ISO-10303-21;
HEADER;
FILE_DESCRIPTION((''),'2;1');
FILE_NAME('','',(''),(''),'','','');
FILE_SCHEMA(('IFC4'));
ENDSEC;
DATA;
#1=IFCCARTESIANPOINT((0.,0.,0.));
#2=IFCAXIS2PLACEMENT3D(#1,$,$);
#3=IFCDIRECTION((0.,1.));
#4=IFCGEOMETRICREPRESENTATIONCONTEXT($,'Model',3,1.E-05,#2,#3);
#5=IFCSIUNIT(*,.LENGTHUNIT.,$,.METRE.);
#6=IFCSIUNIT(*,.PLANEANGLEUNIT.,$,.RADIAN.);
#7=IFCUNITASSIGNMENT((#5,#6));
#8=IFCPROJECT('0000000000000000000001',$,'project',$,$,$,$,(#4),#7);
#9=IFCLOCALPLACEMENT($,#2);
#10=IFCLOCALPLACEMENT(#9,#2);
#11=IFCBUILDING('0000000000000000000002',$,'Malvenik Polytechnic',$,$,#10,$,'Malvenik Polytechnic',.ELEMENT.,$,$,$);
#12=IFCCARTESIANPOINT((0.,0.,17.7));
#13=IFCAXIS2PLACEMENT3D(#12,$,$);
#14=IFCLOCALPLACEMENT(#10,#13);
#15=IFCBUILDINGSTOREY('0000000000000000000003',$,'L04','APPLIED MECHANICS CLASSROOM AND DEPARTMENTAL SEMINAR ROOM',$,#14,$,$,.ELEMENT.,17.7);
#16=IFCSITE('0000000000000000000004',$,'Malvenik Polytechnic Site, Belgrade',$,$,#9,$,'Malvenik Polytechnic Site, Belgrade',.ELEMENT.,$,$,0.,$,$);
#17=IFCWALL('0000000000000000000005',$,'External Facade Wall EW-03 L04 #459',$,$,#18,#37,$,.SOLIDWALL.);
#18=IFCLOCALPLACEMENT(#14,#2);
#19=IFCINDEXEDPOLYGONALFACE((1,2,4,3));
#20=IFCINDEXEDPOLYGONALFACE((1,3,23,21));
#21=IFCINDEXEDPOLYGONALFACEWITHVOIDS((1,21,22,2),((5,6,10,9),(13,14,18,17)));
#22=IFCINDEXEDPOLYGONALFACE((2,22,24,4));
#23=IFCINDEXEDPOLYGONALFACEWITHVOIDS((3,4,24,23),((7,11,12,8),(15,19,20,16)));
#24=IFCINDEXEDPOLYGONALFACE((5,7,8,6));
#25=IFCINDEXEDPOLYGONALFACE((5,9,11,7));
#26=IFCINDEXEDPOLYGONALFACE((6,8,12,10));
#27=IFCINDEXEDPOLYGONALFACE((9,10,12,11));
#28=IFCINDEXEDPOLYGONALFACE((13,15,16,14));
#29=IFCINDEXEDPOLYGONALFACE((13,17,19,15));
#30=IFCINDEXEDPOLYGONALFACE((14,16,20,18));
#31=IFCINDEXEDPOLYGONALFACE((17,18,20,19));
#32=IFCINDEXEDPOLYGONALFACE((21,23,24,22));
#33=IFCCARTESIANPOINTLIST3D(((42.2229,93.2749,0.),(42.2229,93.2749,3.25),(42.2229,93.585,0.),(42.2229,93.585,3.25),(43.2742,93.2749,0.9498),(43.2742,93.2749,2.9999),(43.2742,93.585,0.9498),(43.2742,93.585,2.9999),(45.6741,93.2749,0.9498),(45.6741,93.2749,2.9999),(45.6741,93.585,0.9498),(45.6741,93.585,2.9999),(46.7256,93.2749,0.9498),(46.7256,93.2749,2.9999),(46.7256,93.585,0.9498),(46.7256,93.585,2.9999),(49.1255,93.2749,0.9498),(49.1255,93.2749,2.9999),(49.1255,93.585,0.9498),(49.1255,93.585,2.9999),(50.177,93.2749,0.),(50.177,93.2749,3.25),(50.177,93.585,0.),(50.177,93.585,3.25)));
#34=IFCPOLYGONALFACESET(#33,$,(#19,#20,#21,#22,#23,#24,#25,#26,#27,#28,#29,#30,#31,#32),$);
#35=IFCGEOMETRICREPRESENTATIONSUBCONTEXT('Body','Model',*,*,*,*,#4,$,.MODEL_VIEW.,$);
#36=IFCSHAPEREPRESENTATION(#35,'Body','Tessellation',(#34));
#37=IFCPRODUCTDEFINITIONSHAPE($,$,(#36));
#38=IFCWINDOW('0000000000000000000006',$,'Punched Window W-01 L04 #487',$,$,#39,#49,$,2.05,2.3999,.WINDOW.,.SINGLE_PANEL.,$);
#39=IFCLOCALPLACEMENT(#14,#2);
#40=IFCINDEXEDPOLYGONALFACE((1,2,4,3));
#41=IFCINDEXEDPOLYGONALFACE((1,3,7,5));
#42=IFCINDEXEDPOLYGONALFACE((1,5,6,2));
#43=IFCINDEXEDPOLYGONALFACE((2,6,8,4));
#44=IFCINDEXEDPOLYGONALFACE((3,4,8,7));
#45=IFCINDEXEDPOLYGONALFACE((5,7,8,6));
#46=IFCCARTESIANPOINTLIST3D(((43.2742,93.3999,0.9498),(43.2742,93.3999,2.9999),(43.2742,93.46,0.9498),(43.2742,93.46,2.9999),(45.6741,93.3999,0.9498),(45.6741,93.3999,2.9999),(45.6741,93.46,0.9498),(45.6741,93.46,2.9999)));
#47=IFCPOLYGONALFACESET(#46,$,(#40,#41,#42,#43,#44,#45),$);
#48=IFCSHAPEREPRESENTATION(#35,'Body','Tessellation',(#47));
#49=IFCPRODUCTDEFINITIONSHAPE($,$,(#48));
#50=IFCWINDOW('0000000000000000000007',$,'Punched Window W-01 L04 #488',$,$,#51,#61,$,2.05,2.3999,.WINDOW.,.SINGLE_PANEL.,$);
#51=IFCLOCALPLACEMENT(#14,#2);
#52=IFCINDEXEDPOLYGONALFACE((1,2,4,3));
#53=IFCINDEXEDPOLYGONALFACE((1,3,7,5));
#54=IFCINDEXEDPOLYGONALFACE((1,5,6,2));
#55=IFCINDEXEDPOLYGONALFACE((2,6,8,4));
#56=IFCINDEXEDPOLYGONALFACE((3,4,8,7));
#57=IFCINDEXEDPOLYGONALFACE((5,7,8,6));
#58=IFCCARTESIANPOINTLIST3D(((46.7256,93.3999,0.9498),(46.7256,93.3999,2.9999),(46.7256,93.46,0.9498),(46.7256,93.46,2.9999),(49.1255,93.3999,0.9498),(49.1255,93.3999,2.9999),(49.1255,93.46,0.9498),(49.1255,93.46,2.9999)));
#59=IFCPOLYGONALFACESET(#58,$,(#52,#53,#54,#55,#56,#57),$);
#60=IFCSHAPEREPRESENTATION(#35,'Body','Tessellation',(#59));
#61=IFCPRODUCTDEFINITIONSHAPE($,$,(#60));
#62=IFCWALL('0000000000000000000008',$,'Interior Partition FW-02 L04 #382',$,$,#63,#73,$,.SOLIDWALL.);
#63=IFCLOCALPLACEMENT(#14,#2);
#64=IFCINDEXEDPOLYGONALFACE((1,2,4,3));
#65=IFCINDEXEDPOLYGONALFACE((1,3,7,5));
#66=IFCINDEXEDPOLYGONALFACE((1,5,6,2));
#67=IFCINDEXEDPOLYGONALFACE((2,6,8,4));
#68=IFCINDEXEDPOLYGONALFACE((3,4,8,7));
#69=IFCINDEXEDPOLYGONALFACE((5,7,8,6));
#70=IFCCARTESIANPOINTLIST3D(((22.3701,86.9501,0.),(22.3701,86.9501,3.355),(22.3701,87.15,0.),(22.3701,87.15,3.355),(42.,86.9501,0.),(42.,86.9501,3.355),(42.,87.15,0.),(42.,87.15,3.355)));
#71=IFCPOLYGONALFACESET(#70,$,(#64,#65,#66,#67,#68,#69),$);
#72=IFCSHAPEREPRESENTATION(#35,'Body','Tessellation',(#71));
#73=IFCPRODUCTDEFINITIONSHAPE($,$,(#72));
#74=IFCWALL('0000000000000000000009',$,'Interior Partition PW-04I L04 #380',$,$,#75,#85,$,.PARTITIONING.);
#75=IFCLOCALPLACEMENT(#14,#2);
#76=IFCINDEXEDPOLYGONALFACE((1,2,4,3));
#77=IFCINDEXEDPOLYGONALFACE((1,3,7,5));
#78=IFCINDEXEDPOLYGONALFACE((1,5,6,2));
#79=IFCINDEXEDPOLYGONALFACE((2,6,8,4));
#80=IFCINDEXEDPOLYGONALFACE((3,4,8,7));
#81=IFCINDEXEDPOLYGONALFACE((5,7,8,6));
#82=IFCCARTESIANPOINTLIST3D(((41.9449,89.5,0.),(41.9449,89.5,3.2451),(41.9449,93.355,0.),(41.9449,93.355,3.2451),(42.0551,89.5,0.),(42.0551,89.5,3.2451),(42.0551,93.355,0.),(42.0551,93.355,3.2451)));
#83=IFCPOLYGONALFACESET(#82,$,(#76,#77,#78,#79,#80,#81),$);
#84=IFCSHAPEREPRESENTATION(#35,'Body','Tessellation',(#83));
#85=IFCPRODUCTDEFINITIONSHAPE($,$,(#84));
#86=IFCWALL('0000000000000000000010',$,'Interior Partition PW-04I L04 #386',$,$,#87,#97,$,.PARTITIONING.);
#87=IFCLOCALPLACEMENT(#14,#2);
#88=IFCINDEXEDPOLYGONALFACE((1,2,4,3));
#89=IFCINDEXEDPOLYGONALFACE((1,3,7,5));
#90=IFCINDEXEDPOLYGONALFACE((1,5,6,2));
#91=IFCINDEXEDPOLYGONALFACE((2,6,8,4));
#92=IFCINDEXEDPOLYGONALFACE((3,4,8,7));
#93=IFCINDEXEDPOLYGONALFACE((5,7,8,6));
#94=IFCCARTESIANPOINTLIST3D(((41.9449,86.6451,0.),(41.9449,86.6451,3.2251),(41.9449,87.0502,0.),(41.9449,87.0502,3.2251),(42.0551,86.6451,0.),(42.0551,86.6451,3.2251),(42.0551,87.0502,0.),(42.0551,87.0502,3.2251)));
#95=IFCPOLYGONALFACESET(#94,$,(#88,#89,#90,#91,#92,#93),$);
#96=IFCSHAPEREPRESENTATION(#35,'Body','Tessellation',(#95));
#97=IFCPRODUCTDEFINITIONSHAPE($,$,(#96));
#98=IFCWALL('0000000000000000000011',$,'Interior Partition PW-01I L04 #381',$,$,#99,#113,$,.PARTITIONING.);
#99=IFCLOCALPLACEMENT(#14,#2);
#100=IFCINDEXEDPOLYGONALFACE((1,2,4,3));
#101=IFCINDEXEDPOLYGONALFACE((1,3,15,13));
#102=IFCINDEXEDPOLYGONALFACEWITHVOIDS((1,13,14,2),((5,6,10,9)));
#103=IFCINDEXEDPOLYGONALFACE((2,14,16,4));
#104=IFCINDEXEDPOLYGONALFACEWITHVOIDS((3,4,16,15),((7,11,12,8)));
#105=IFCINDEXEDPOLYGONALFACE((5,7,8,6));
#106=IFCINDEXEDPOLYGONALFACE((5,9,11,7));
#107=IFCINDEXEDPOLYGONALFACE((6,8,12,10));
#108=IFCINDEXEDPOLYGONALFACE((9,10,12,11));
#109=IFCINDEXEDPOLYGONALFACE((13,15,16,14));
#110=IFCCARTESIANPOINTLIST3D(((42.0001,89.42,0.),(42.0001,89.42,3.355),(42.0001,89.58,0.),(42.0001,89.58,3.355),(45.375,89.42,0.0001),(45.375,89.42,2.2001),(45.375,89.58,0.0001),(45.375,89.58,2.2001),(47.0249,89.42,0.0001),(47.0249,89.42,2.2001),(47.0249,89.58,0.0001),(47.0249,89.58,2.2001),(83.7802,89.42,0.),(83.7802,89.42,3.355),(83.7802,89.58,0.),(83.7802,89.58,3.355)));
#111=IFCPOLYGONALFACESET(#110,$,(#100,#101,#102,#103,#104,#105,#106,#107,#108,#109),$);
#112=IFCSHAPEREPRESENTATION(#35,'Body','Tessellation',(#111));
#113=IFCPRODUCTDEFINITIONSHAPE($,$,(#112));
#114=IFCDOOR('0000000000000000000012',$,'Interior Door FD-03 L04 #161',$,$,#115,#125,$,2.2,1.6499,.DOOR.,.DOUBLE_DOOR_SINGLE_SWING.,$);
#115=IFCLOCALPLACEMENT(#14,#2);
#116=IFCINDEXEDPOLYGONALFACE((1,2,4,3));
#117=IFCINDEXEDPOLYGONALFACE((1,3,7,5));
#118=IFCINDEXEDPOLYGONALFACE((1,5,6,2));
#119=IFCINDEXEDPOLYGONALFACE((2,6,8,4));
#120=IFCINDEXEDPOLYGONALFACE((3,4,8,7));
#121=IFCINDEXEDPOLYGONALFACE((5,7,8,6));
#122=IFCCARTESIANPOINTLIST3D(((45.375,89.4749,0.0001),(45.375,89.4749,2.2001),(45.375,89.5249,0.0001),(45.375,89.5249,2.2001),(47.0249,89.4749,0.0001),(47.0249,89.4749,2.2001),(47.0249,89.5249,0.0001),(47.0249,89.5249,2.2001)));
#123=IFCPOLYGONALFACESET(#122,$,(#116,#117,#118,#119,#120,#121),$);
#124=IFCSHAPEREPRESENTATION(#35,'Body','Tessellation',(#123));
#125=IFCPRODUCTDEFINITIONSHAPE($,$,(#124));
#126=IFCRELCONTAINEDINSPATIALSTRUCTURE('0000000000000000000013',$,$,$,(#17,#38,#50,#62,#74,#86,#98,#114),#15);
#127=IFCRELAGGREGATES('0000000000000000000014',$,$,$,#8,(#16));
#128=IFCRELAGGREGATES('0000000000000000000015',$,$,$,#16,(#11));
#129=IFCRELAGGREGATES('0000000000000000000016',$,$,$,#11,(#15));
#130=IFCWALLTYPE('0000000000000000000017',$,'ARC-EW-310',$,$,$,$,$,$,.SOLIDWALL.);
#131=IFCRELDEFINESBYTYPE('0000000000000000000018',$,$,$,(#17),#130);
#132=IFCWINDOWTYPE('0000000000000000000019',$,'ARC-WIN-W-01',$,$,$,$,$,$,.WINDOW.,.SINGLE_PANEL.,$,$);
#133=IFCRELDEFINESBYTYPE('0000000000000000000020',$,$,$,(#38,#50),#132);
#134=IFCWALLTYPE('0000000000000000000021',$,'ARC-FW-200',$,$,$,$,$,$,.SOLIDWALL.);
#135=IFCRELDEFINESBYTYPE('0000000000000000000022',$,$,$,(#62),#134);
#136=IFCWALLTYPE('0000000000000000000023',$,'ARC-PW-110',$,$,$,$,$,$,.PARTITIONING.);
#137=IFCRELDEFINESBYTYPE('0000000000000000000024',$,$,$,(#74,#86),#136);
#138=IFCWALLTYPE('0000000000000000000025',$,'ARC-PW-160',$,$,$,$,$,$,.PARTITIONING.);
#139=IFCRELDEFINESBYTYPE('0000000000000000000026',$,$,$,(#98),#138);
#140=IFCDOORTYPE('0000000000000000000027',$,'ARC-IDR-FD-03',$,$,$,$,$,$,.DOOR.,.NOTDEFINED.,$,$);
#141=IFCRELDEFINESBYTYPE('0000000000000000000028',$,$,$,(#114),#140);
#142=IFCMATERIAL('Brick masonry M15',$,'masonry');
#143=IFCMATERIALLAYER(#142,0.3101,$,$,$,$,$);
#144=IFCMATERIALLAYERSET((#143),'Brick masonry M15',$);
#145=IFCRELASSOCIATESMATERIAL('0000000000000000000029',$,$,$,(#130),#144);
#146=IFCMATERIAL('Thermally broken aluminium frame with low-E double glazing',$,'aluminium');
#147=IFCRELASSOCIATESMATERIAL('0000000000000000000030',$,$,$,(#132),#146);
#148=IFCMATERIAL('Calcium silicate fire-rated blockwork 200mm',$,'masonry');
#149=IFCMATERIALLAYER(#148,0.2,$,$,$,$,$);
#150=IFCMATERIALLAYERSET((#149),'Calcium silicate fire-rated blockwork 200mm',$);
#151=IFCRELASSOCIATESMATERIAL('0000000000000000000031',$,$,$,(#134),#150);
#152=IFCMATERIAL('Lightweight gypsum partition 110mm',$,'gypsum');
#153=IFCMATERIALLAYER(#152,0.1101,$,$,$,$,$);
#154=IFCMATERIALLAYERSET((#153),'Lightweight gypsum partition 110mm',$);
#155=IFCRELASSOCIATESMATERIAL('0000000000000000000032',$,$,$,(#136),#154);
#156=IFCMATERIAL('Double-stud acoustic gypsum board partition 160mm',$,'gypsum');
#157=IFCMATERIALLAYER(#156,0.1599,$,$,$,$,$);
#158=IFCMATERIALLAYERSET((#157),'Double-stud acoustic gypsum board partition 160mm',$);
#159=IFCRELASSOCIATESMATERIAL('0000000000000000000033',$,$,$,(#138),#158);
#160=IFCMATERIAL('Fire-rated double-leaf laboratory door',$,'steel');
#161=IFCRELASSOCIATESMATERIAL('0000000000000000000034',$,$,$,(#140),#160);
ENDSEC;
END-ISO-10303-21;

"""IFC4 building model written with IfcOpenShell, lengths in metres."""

from ifc_helpers import new_model, si_unit, direction, frame, frame_2d, origin, place, context, subcontext, project, spatial, rectangle, extrude, material, layer, layer_set, type_object, element, fill, save


model = new_model("IFC4")

# Units and contexts
model_context = context("Model", 3, precision=1e-05, world=origin(), true_north=direction((0.0, 1.0)))
body_context = subcontext(model_context, "Body", "Model", "MODEL_VIEW")
ifc_project = project(units=[si_unit("LENGTHUNIT", "METRE"), si_unit("PLANEANGLEUNIT", "RADIAN")], contexts=[model_context])

# Site, building, storey
site_placement = place(None, origin())
site = spatial("IfcSite", under=ifc_project, at=site_placement, Name="Malvenik Polytechnic Site, Belgrade", LongName="Malvenik Polytechnic Site, Belgrade", CompositionType="ELEMENT", RefElevation=0.0)
building_placement = place(site_placement, origin())
building = spatial("IfcBuilding", under=site, at=building_placement, Name="Malvenik Polytechnic", LongName="Malvenik Polytechnic", CompositionType="ELEMENT")
storey_placement = place(building_placement, frame((0.0, 0.0, 17.7)))
storey = spatial("IfcBuildingStorey", under=building, at=storey_placement, Name="L04", Description="APPLIED MECHANICS CLASSROOM AND DEPARTMENTAL SEMINAR ROOM", CompositionType="ELEMENT", Elevation=17.7)

# Wall, openings, windows
ifc_material_1 = material(Name="Brick masonry M15", Category="masonry")
ifc_layer_1 = layer(ifc_material_1, 0.3101)
ifc_layer_set_1 = layer_set([ifc_layer_1], Name="Brick masonry M15")
wall_type_1 = type_object("IfcWallType", Name="ARC-EW-310", PredefinedType="SOLIDWALL", material=ifc_layer_set_1)
ifc_material_2 = material(Name="Thermally broken aluminium frame with low-E double glazing", Category="aluminium")
wall_1_placement = place(storey_placement, frame((42.2229, 93.4299, 0.0), z_axis=(0.0, 0.0, 1.0), x_axis=(1.0, 0.0, 0.0)))
wall_1 = element("IfcWall", 1, at=wall_1_placement, inside=storey, type_object=wall_type_1, Name="External Facade Wall EW-03 L04 #459", PredefinedType="SOLIDWALL", context=body_context, shape_type="SweptSolid", body=[
    extrude(rectangle(XDim=7.9541, YDim=0.3101, at=frame_2d((3.9771, 0.0))), origin(), (0.0, 0.0, 1.0), 3.25),
])
opening_1_placement = place(wall_1_placement, frame((1.0513, 0.0, 0.95)))
opening_1 = element("IfcOpeningElement", 2, at=opening_1_placement, cuts=wall_1, PredefinedType="OPENING", context=body_context, shape_type="SweptSolid", body=[
    extrude(rectangle(XDim=2.3999, YDim=2.05, at=frame_2d((1.2, 1.0249))), frame((0.0, 0.165, 0.0), z_axis=(0.0, -1.0, 0.0), x_axis=(1.0, 0.0, 0.0)), (0.0, 0.0, 1.0), 0.3301),
])
opening_2_placement = place(wall_1_placement, frame((4.5027, 0.0, 0.95)))
opening_2 = element("IfcOpeningElement", 3, at=opening_2_placement, cuts=wall_1, PredefinedType="OPENING", context=body_context, shape_type="SweptSolid", body=[
    extrude(rectangle(XDim=2.3999, YDim=2.05, at=frame_2d((1.2, 1.0249))), frame((0.0, 0.165, 0.0), z_axis=(0.0, -1.0, 0.0), x_axis=(1.0, 0.0, 0.0)), (0.0, 0.0, 1.0), 0.3301),
])
window_type_1 = type_object("IfcWindowType", Name="ARC-WIN-W-01", PartitioningType="SINGLE_PANEL", PredefinedType="WINDOW", material=ifc_material_2)
window_1_placement = place(opening_1_placement, origin())
window_1 = element("IfcWindow", 4, at=window_1_placement, inside=storey, type_object=window_type_1, Name="Punched Window W-01 L04 #487", OverallHeight=2.05, OverallWidth=2.3999, PartitioningType="SINGLE_PANEL", PredefinedType="WINDOW", context=body_context, shape_type="SweptSolid", body=[
    extrude(rectangle(XDim=2.3999, YDim=2.05, at=frame_2d((1.2, 1.0249))), frame((0.0, 0.03, 0.0), z_axis=(0.0, -1.0, 0.0), x_axis=(1.0, 0.0, 0.0)), (0.0, 0.0, 1.0), 0.0601),
])
fill(opening_1, window_1)
window_2_placement = place(opening_2_placement, origin())
window_2 = element("IfcWindow", 5, at=window_2_placement, inside=storey, type_object=window_type_1, Name="Punched Window W-01 L04 #488", OverallHeight=2.05, OverallWidth=2.3999, PartitioningType="SINGLE_PANEL", PredefinedType="WINDOW", context=body_context, shape_type="SweptSolid", body=[
    extrude(rectangle(XDim=2.3999, YDim=2.05, at=frame_2d((1.2, 1.0249))), frame((0.0, 0.03, 0.0), z_axis=(0.0, -1.0, 0.0), x_axis=(1.0, 0.0, 0.0)), (0.0, 0.0, 1.0), 0.0601),
])
fill(opening_2, window_2)

# Walls
ifc_material_3 = material(Name="Calcium silicate fire-rated blockwork 200mm", Category="masonry")
ifc_layer_2 = layer(ifc_material_3, 0.2)
ifc_layer_set_2 = layer_set([ifc_layer_2], Name="Calcium silicate fire-rated blockwork 200mm")
wall_type_2 = type_object("IfcWallType", Name="ARC-FW-200", PredefinedType="SOLIDWALL", material=ifc_layer_set_2)
wall_2_placement = place(storey_placement, frame((42.0, 87.05, 0.0), z_axis=(0.0, 0.0, 1.0), x_axis=(-1.0, 0.0, 0.0)))
element("IfcWall", 6, at=wall_2_placement, inside=storey, type_object=wall_type_2, Name="Interior Partition FW-02 L04 #382", PredefinedType="SOLIDWALL", context=body_context, shape_type="SweptSolid", body=[
    extrude(rectangle(XDim=19.6299, YDim=0.2, at=frame_2d((9.8149, 0.0))), origin(), (0.0, 0.0, 1.0), 3.355),
])
ifc_material_4 = material(Name="Lightweight gypsum partition 110mm", Category="gypsum")
ifc_layer_3 = layer(ifc_material_4, 0.1101)
ifc_layer_set_3 = layer_set([ifc_layer_3], Name="Lightweight gypsum partition 110mm")
wall_type_3 = type_object("IfcWallType", Name="ARC-PW-110", PredefinedType="PARTITIONING", material=ifc_layer_set_3)
wall_3_placement = place(storey_placement, frame((42.0, 89.5, 0.0), z_axis=(0.0, 0.0, 1.0), x_axis=(0.0, 1.0, 0.0)))
element("IfcWall", 7, at=wall_3_placement, inside=storey, type_object=wall_type_3, Name="Interior Partition PW-04I L04 #380", PredefinedType="PARTITIONING", context=body_context, shape_type="SweptSolid", body=[
    extrude(rectangle(XDim=3.855, YDim=0.1101, at=frame_2d((1.9275, 0.0))), origin(), (0.0, 0.0, 1.0), 3.2451),
])
wall_4_placement = place(storey_placement, frame((42.0, 86.645, 0.0), z_axis=(0.0, 0.0, 1.0), x_axis=(0.0, 1.0, 0.0)))
element("IfcWall", 8, at=wall_4_placement, inside=storey, type_object=wall_type_3, Name="Interior Partition PW-04I L04 #386", PredefinedType="PARTITIONING", context=body_context, shape_type="SweptSolid", body=[
    extrude(rectangle(XDim=0.405, YDim=0.1101, at=frame_2d((0.2026, 0.0))), origin(), (0.0, 0.0, 1.0), 3.2251),
])

# Wall, opening, door
ifc_material_5 = material(Name="Double-stud acoustic gypsum board partition 160mm", Category="gypsum")
ifc_layer_4 = layer(ifc_material_5, 0.1599)
ifc_layer_set_4 = layer_set([ifc_layer_4], Name="Double-stud acoustic gypsum board partition 160mm")
wall_type_4 = type_object("IfcWallType", Name="ARC-PW-160", PredefinedType="PARTITIONING", material=ifc_layer_set_4)
wall_5_placement = place(storey_placement, frame((42.0, 89.5, 0.0), z_axis=(0.0, 0.0, 1.0), x_axis=(1.0, 0.0, 0.0)))
wall_5 = element("IfcWall", 9, at=wall_5_placement, inside=storey, type_object=wall_type_4, Name="Interior Partition PW-01I L04 #381", PredefinedType="PARTITIONING", context=body_context, shape_type="SweptSolid", body=[
    extrude(rectangle(XDim=41.78, YDim=0.1599, at=frame_2d((20.8901, 0.0))), origin(), (0.0, 0.0, 1.0), 3.355),
])
opening_3_placement = place(wall_5_placement, frame((3.375, 0.0, 0.0)))
opening_3 = element("IfcOpeningElement", 10, at=opening_3_placement, cuts=wall_5, PredefinedType="OPENING", context=body_context, shape_type="SweptSolid", body=[
    extrude(rectangle(XDim=1.6499, YDim=2.2, at=frame_2d((0.825, 1.1001))), frame((0.0, 0.0898, 0.0), z_axis=(0.0, -1.0, 0.0), x_axis=(1.0, 0.0, 0.0)), (0.0, 0.0, 1.0), 0.1799),
])
ifc_material_6 = material(Name="Fire-rated double-leaf laboratory door", Category="steel")
door_type = type_object("IfcDoorType", Name="ARC-IDR-FD-03", OperationType="NOTDEFINED", PredefinedType="DOOR", material=ifc_material_6)
door_placement = place(opening_3_placement, origin())
door = element("IfcDoor", 11, at=door_placement, inside=storey, type_object=door_type, Name="Interior Door FD-03 L04 #161", OperationType="DOUBLE_DOOR_SINGLE_SWING", OverallHeight=2.2, OverallWidth=1.6499, PredefinedType="DOOR", context=body_context, shape_type="SweptSolid", body=[
    extrude(rectangle(XDim=1.6499, YDim=2.2, at=frame_2d((0.825, 1.1001))), frame((0.0, 0.0249, 0.0), z_axis=(0.0, -1.0, 0.0), x_axis=(1.0, 0.0, 0.0)), (0.0, 0.0, 1.0), 0.05),
])
fill(opening_3, door)

save(model, "model.ifc")
